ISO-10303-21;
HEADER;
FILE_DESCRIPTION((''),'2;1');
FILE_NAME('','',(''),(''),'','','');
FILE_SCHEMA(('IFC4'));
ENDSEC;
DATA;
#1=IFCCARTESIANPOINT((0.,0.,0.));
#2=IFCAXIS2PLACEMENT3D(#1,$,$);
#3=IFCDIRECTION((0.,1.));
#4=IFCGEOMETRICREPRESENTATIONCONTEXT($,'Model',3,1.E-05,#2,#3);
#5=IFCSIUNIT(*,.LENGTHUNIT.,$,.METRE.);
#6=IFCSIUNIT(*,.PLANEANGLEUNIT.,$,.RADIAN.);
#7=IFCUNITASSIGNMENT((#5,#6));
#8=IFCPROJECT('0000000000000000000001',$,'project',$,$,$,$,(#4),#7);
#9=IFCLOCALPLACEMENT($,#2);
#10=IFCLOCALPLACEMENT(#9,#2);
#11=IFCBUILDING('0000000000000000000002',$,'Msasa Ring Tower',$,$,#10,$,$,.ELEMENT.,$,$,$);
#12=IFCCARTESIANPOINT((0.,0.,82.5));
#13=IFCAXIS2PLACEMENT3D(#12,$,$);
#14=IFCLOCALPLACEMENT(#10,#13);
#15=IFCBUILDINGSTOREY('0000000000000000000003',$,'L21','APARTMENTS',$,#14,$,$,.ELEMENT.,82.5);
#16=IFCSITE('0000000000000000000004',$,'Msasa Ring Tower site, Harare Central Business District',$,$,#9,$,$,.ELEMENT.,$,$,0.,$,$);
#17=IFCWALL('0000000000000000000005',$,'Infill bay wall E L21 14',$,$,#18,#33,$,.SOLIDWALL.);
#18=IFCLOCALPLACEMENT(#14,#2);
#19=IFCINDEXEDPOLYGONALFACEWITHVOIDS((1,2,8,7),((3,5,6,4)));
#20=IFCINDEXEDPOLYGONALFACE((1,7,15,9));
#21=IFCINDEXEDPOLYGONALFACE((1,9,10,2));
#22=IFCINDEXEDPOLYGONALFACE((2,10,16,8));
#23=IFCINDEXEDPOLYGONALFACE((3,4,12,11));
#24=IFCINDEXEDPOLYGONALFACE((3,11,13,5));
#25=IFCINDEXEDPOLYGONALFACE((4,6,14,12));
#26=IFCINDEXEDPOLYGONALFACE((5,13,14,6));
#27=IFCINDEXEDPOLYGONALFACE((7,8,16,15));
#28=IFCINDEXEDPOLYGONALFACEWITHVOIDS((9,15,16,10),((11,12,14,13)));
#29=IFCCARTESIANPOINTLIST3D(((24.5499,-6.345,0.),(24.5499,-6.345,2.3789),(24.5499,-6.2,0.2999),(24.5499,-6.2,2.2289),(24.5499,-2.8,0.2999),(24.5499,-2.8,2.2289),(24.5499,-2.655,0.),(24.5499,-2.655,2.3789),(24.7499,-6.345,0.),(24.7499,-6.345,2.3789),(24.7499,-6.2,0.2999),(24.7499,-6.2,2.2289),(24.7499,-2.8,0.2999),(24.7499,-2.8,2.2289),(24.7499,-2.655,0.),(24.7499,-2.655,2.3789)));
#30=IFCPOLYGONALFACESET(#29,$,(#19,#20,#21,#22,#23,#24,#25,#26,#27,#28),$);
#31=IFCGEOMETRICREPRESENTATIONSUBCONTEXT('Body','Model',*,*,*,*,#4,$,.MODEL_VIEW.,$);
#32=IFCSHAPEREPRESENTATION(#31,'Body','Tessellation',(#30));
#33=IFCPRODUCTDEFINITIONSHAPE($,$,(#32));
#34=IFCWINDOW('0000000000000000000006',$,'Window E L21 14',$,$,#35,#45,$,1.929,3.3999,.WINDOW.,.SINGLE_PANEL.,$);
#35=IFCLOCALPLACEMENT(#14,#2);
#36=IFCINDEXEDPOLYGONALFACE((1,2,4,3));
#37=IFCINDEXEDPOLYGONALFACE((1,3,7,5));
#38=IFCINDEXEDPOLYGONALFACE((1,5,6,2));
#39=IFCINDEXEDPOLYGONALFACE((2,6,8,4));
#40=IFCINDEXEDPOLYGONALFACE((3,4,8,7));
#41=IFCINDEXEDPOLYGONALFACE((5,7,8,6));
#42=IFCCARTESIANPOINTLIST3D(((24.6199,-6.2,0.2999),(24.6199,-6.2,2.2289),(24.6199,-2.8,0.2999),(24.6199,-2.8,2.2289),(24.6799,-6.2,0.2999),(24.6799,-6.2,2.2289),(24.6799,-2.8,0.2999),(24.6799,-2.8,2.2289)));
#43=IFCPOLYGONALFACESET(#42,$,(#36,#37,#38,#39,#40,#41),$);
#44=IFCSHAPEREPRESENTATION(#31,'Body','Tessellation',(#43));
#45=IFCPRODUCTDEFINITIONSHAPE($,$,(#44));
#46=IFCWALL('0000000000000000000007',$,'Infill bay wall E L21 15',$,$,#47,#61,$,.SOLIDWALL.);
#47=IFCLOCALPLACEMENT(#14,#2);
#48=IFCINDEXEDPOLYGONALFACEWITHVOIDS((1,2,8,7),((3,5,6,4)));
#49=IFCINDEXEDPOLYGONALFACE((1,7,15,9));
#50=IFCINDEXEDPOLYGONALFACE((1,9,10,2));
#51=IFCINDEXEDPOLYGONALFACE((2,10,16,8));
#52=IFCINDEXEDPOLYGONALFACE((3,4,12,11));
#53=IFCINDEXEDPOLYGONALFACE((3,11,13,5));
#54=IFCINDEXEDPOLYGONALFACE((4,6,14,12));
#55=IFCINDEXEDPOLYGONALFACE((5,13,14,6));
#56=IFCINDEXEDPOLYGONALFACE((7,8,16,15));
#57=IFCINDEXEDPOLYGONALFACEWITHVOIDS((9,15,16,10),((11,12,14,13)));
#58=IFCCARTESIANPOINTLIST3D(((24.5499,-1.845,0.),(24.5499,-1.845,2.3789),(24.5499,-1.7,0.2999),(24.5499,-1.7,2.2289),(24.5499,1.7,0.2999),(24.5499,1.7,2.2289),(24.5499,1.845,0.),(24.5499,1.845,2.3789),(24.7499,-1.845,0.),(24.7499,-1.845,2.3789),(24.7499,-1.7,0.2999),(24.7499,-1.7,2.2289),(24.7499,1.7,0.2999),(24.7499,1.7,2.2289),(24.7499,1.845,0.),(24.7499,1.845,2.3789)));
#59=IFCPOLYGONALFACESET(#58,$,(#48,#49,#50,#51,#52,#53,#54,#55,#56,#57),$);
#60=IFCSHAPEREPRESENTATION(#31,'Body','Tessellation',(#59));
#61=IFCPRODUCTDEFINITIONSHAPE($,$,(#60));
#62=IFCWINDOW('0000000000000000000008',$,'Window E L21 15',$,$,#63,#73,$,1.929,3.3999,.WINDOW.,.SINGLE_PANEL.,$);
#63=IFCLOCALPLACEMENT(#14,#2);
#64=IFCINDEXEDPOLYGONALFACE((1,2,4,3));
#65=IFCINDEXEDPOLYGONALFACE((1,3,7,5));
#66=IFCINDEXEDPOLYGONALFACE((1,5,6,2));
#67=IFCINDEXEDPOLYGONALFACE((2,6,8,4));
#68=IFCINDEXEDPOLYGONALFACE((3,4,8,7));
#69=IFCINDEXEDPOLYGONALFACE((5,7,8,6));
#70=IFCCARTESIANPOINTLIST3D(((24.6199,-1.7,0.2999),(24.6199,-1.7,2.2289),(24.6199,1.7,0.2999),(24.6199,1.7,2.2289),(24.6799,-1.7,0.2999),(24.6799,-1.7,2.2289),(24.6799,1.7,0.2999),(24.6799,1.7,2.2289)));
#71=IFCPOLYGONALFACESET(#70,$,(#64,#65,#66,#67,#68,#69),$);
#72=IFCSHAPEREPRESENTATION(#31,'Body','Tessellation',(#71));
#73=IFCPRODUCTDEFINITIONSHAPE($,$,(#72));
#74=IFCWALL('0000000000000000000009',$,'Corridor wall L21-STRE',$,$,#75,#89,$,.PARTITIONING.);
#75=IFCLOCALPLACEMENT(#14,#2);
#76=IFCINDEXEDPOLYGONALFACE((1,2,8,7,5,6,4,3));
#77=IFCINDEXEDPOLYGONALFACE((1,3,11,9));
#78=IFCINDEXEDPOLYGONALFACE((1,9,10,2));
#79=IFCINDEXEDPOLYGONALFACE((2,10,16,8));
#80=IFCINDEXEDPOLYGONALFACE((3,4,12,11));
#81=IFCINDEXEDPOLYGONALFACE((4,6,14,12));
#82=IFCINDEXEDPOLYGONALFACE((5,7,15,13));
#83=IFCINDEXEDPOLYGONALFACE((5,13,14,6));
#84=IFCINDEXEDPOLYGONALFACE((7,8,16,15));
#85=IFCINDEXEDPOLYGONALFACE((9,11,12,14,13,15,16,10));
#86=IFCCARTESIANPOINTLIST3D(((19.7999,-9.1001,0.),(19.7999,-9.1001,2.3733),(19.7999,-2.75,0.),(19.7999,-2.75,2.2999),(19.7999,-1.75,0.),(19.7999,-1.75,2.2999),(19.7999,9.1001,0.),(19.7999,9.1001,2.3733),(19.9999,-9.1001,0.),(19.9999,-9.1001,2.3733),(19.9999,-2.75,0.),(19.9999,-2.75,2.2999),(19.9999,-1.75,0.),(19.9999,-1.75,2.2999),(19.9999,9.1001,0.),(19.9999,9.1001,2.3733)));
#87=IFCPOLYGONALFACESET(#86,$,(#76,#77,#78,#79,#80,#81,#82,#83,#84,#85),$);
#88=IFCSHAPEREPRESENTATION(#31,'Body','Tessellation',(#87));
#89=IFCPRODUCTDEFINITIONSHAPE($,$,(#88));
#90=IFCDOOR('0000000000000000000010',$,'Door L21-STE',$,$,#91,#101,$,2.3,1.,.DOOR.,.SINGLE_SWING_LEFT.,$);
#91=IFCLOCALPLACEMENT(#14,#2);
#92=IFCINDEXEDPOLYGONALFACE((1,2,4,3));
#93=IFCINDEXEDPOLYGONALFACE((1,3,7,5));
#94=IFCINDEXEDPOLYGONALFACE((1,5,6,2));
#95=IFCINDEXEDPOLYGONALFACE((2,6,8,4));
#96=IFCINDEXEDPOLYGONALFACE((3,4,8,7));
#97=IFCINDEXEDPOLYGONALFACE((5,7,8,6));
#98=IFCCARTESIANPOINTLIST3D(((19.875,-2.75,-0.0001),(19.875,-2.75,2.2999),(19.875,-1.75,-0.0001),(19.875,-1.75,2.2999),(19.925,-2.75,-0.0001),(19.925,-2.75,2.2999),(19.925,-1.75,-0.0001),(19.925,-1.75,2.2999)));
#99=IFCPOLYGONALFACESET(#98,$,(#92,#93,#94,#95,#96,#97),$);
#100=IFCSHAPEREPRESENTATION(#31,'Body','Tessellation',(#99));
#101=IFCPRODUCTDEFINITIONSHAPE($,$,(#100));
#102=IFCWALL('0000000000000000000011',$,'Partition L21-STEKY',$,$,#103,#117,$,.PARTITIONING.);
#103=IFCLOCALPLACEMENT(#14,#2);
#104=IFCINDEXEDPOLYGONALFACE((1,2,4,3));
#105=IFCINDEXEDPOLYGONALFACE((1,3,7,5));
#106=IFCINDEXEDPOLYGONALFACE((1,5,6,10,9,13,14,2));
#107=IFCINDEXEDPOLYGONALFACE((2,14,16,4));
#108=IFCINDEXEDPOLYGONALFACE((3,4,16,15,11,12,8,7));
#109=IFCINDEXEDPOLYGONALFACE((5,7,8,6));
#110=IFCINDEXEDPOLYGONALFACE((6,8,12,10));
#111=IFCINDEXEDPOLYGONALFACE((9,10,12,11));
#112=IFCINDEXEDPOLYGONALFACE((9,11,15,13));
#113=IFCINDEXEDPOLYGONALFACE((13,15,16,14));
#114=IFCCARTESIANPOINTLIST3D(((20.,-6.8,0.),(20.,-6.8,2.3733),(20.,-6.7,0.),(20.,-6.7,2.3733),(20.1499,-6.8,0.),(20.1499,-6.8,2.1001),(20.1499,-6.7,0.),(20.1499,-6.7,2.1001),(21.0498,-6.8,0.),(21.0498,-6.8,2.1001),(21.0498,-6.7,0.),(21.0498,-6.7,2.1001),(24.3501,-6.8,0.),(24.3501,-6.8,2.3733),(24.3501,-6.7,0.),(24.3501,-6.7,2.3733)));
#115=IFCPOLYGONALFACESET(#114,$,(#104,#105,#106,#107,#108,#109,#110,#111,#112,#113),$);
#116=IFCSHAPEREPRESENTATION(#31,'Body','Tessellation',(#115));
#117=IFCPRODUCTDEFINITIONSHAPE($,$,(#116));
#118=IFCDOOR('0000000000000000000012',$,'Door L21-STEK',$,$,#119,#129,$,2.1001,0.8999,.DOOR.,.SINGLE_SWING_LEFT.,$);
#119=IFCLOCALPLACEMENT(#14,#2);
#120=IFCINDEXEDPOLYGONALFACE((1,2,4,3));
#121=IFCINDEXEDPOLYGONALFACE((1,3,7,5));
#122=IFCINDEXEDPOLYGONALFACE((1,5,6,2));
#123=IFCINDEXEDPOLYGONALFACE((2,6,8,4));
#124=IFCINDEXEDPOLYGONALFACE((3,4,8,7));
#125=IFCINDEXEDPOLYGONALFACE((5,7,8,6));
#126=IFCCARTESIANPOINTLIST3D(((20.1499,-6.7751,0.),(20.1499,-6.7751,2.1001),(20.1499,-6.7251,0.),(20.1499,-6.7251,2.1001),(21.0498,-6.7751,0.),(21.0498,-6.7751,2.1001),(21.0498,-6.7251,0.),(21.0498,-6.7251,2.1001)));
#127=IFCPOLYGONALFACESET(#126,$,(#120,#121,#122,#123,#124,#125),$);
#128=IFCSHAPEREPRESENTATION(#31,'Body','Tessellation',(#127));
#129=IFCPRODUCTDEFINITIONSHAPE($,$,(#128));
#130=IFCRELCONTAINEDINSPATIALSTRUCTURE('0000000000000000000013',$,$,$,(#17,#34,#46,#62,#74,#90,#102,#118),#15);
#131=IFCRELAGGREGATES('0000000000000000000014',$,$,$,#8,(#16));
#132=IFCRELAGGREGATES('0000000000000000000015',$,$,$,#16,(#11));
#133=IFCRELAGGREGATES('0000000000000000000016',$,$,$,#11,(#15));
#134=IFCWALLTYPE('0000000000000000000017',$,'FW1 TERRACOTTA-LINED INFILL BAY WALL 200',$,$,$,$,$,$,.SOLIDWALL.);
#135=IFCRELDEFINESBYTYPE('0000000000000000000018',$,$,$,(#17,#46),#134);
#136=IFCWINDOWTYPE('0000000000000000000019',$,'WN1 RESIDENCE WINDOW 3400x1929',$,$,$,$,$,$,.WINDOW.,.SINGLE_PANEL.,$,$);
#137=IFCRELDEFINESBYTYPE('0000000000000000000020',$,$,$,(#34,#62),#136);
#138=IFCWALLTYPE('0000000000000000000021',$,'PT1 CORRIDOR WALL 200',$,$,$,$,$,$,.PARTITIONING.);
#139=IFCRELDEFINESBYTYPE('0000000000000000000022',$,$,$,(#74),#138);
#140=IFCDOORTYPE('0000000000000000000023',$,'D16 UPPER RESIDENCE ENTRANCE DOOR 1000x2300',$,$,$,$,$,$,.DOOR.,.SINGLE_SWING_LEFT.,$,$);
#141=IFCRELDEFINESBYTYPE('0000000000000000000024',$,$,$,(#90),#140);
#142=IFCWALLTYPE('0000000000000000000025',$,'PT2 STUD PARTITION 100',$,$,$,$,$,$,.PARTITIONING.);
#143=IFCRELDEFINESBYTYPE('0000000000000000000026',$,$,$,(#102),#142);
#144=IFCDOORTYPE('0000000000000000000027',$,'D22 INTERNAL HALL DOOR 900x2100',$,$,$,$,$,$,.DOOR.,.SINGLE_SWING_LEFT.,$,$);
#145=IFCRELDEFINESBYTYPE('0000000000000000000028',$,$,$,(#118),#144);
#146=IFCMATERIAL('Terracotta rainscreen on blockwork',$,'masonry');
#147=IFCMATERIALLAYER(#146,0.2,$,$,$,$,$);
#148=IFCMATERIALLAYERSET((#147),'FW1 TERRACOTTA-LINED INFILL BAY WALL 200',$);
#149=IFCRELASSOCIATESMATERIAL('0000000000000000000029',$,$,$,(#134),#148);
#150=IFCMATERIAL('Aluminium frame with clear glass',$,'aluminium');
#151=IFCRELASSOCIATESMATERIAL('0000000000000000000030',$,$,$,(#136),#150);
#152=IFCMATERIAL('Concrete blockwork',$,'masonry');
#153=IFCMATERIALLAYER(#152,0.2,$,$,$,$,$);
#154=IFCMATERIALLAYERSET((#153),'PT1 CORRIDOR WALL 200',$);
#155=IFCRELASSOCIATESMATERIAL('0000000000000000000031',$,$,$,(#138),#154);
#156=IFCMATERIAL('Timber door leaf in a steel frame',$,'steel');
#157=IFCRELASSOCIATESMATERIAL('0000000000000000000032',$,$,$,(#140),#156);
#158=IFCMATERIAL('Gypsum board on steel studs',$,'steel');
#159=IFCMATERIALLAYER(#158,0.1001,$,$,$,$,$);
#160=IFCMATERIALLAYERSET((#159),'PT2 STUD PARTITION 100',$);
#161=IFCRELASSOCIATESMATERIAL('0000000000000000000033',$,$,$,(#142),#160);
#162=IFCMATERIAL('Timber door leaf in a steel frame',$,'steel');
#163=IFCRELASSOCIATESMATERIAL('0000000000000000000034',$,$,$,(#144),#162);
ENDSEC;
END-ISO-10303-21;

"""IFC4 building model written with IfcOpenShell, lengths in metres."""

from ifc_helpers import new_model, si_unit, direction, frame, frame_2d, origin, place, context, subcontext, project, spatial, rectangle, extrude, material, layer, layer_set, type_object, element, fill, save


model = new_model("IFC4")

# Units and contexts
model_context = context("Model", 3, precision=1e-05, world=origin(), true_north=direction((0.0, 1.0)))
body_context = subcontext(model_context, "Body", "Model", "MODEL_VIEW")
ifc_project = project(units=[si_unit("LENGTHUNIT", "METRE"), si_unit("PLANEANGLEUNIT", "RADIAN")], contexts=[model_context])

# Site, building, storey
site_placement = place(None, origin())
site = spatial("IfcSite", under=ifc_project, at=site_placement, Name="Msasa Ring Tower site, Harare Central Business District", CompositionType="ELEMENT", RefElevation=0.0)
building_placement = place(site_placement, origin())
building = spatial("IfcBuilding", under=site, at=building_placement, Name="Msasa Ring Tower", CompositionType="ELEMENT")
storey_placement = place(building_placement, frame((0.0, 0.0, 82.5)))
storey = spatial("IfcBuildingStorey", under=building, at=storey_placement, Name="L21", Description="APARTMENTS", CompositionType="ELEMENT", Elevation=82.5)

# Walls, openings, windows
ifc_material_1 = material(Name="Terracotta rainscreen on blockwork", Category="masonry")
ifc_layer_1 = layer(ifc_material_1, 0.2)
ifc_layer_set_1 = layer_set([ifc_layer_1], Name="FW1 TERRACOTTA-LINED INFILL BAY WALL 200")
wall_type_1 = type_object("IfcWallType", Name="FW1 TERRACOTTA-LINED INFILL BAY WALL 200", PredefinedType="SOLIDWALL", material=ifc_layer_set_1)
ifc_material_2 = material(Name="Aluminium frame with clear glass", Category="aluminium")
window_type = type_object("IfcWindowType", Name="WN1 RESIDENCE WINDOW 3400x1929", PartitioningType="SINGLE_PANEL", PredefinedType="WINDOW", material=ifc_material_2)
wall_1_placement = place(storey_placement, frame((24.6499, -6.345, 0.0), z_axis=(0.0, 0.0, 1.0), x_axis=(0.0, 1.0, 0.0)))
wall_1 = element("IfcWall", 1, at=wall_1_placement, inside=storey, type_object=wall_type_1, Name="Infill bay wall E L21 14", PredefinedType="SOLIDWALL", context=body_context, shape_type="SweptSolid", body=[
    extrude(rectangle(XDim=3.6899, YDim=0.2, at=frame_2d((1.845, 0.0))), origin(), (0.0, 0.0, 1.0), 2.3789),
])
opening_1_placement = place(wall_1_placement, frame((0.145, 0.0, 0.3)))
opening_1 = element("IfcOpeningElement", 2, at=opening_1_placement, cuts=wall_1, PredefinedType="OPENING", context=body_context, shape_type="SweptSolid", body=[
    extrude(rectangle(XDim=3.3999, YDim=1.929, at=frame_2d((1.7, 0.9644))), frame((0.0, 0.1099, 0.0), z_axis=(0.0, -1.0, 0.0), x_axis=(1.0, 0.0, 0.0)), (0.0, 0.0, 1.0), 0.22),
])
window_1_placement = place(opening_1_placement, origin())
window_1 = element("IfcWindow", 3, at=window_1_placement, inside=storey, type_object=window_type, Name="Window E L21 14", OverallHeight=1.929, OverallWidth=3.3999, PartitioningType="SINGLE_PANEL", PredefinedType="WINDOW", context=body_context, shape_type="SweptSolid", body=[
    extrude(rectangle(XDim=3.3999, YDim=1.929, at=frame_2d((1.7, 0.9644))), frame((0.0, 0.03, 0.0), z_axis=(0.0, -1.0, 0.0), x_axis=(1.0, 0.0, 0.0)), (0.0, 0.0, 1.0), 0.0601),
])
fill(opening_1, window_1)
wall_2_placement = place(storey_placement, frame((24.6499, -1.845, 0.0), z_axis=(0.0, 0.0, 1.0), x_axis=(0.0, 1.0, 0.0)))
wall_2 = element("IfcWall", 4, at=wall_2_placement, inside=storey, type_object=wall_type_1, Name="Infill bay wall E L21 15", PredefinedType="SOLIDWALL", context=body_context, shape_type="SweptSolid", body=[
    extrude(rectangle(XDim=3.6899, YDim=0.2, at=frame_2d((1.845, 0.0))), origin(), (0.0, 0.0, 1.0), 2.3789),
])
opening_2_placement = place(wall_2_placement, frame((0.145, 0.0, 0.3)))
opening_2 = element("IfcOpeningElement", 5, at=opening_2_placement, cuts=wall_2, PredefinedType="OPENING", context=body_context, shape_type="SweptSolid", body=[
    extrude(rectangle(XDim=3.3999, YDim=1.929, at=frame_2d((1.7, 0.9644))), frame((0.0, 0.1099, 0.0), z_axis=(0.0, -1.0, 0.0), x_axis=(1.0, 0.0, 0.0)), (0.0, 0.0, 1.0), 0.22),
])
window_2_placement = place(opening_2_placement, origin())
window_2 = element("IfcWindow", 6, at=window_2_placement, inside=storey, type_object=window_type, Name="Window E L21 15", OverallHeight=1.929, OverallWidth=3.3999, PartitioningType="SINGLE_PANEL", PredefinedType="WINDOW", context=body_context, shape_type="SweptSolid", body=[
    extrude(rectangle(XDim=3.3999, YDim=1.929, at=frame_2d((1.7, 0.9644))), frame((0.0, 0.03, 0.0), z_axis=(0.0, -1.0, 0.0), x_axis=(1.0, 0.0, 0.0)), (0.0, 0.0, 1.0), 0.0601),
])
fill(opening_2, window_2)

# Walls, openings, doors
ifc_material_3 = material(Name="Concrete blockwork", Category="masonry")
ifc_layer_2 = layer(ifc_material_3, 0.2)
ifc_layer_set_2 = layer_set([ifc_layer_2], Name="PT1 CORRIDOR WALL 200")
wall_type_2 = type_object("IfcWallType", Name="PT1 CORRIDOR WALL 200", PredefinedType="PARTITIONING", material=ifc_layer_set_2)
wall_3_placement = place(storey_placement, frame((19.8999, -9.1001, 0.0), z_axis=(0.0, 0.0, 1.0), x_axis=(0.0, 1.0, 0.0)))
wall_3 = element("IfcWall", 7, at=wall_3_placement, inside=storey, type_object=wall_type_2, Name="Corridor wall L21-STRE", PredefinedType="PARTITIONING", context=body_context, shape_type="SweptSolid", body=[
    extrude(rectangle(XDim=18.2002, YDim=0.2, at=frame_2d((9.1001, 0.0))), origin(), (0.0, 0.0, 1.0), 2.3733),
])
opening_3_placement = place(wall_3_placement, frame((6.3501, 0.0, 0.0)))
opening_3 = element("IfcOpeningElement", 8, at=opening_3_placement, cuts=wall_3, PredefinedType="OPENING", context=body_context, shape_type="SweptSolid", body=[
    extrude(rectangle(XDim=1.0, YDim=2.3, at=frame_2d((0.5, 1.1499))), frame((0.0, 0.1099, 0.0), z_axis=(0.0, -1.0, 0.0), x_axis=(1.0, 0.0, 0.0)), (0.0, 0.0, 1.0), 0.22),
])
ifc_material_4 = material(Name="Timber door leaf in a steel frame", Category="steel")
door_type_1 = type_object("IfcDoorType", Name="D16 UPPER RESIDENCE ENTRANCE DOOR 1000x2300", OperationType="SINGLE_SWING_LEFT", PredefinedType="DOOR", material=ifc_material_4)
door_1_placement = place(opening_3_placement, origin())
door_1 = element("IfcDoor", 9, at=door_1_placement, inside=storey, type_object=door_type_1, Name="Door L21-STE", OperationType="SINGLE_SWING_LEFT", OverallHeight=2.3, OverallWidth=1.0, PredefinedType="DOOR", context=body_context, shape_type="SweptSolid", body=[
    extrude(rectangle(XDim=1.0, YDim=2.3, at=frame_2d((0.5, 1.1499))), frame((0.0, 0.0249, 0.0), z_axis=(0.0, -1.0, 0.0), x_axis=(1.0, 0.0, 0.0)), (0.0, 0.0, 1.0), 0.05),
])
fill(opening_3, door_1)
ifc_material_5 = material(Name="Gypsum board on steel studs", Category="steel")
ifc_layer_3 = layer(ifc_material_5, 0.1001)
ifc_layer_set_3 = layer_set([ifc_layer_3], Name="PT2 STUD PARTITION 100")
wall_type_3 = type_object("IfcWallType", Name="PT2 STUD PARTITION 100", PredefinedType="PARTITIONING", material=ifc_layer_set_3)
wall_4_placement = place(storey_placement, frame((20.0, -6.75, 0.0), z_axis=(0.0, 0.0, 1.0), x_axis=(1.0, 0.0, 0.0)))
wall_4 = element("IfcWall", 10, at=wall_4_placement, inside=storey, type_object=wall_type_3, Name="Partition L21-STEKY", PredefinedType="PARTITIONING", context=body_context, shape_type="SweptSolid", body=[
    extrude(rectangle(XDim=4.3501, YDim=0.1001, at=frame_2d((2.175, 0.0))), origin(), (0.0, 0.0, 1.0), 2.3733),
])
opening_4_placement = place(wall_4_placement, frame((0.1499, 0.0, 0.0)))
opening_4 = element("IfcOpeningElement", 11, at=opening_4_placement, cuts=wall_4, PredefinedType="OPENING", context=body_context, shape_type="SweptSolid", body=[
    extrude(rectangle(XDim=0.8999, YDim=2.1001, at=frame_2d((0.45, 1.05))), frame((0.0, 0.0601, 0.0), z_axis=(0.0, -1.0, 0.0), x_axis=(1.0, 0.0, 0.0)), (0.0, 0.0, 1.0), 0.1201),
])
ifc_material_6 = material(Name="Timber door leaf in a steel frame", Category="steel")
door_type_2 = type_object("IfcDoorType", Name="D22 INTERNAL HALL DOOR 900x2100", OperationType="SINGLE_SWING_LEFT", PredefinedType="DOOR", material=ifc_material_6)
door_2_placement = place(opening_4_placement, origin())
door_2 = element("IfcDoor", 12, at=door_2_placement, inside=storey, type_object=door_type_2, Name="Door L21-STEK", OperationType="SINGLE_SWING_LEFT", OverallHeight=2.1001, OverallWidth=0.8999, PredefinedType="DOOR", context=body_context, shape_type="SweptSolid", body=[
    extrude(rectangle(XDim=0.8999, YDim=2.1001, at=frame_2d((0.45, 1.05))), frame((0.0, 0.0249, 0.0), z_axis=(0.0, -1.0, 0.0), x_axis=(1.0, 0.0, 0.0)), (0.0, 0.0, 1.0), 0.05),
])
fill(opening_4, door_2)

save(model, "model.ifc")
